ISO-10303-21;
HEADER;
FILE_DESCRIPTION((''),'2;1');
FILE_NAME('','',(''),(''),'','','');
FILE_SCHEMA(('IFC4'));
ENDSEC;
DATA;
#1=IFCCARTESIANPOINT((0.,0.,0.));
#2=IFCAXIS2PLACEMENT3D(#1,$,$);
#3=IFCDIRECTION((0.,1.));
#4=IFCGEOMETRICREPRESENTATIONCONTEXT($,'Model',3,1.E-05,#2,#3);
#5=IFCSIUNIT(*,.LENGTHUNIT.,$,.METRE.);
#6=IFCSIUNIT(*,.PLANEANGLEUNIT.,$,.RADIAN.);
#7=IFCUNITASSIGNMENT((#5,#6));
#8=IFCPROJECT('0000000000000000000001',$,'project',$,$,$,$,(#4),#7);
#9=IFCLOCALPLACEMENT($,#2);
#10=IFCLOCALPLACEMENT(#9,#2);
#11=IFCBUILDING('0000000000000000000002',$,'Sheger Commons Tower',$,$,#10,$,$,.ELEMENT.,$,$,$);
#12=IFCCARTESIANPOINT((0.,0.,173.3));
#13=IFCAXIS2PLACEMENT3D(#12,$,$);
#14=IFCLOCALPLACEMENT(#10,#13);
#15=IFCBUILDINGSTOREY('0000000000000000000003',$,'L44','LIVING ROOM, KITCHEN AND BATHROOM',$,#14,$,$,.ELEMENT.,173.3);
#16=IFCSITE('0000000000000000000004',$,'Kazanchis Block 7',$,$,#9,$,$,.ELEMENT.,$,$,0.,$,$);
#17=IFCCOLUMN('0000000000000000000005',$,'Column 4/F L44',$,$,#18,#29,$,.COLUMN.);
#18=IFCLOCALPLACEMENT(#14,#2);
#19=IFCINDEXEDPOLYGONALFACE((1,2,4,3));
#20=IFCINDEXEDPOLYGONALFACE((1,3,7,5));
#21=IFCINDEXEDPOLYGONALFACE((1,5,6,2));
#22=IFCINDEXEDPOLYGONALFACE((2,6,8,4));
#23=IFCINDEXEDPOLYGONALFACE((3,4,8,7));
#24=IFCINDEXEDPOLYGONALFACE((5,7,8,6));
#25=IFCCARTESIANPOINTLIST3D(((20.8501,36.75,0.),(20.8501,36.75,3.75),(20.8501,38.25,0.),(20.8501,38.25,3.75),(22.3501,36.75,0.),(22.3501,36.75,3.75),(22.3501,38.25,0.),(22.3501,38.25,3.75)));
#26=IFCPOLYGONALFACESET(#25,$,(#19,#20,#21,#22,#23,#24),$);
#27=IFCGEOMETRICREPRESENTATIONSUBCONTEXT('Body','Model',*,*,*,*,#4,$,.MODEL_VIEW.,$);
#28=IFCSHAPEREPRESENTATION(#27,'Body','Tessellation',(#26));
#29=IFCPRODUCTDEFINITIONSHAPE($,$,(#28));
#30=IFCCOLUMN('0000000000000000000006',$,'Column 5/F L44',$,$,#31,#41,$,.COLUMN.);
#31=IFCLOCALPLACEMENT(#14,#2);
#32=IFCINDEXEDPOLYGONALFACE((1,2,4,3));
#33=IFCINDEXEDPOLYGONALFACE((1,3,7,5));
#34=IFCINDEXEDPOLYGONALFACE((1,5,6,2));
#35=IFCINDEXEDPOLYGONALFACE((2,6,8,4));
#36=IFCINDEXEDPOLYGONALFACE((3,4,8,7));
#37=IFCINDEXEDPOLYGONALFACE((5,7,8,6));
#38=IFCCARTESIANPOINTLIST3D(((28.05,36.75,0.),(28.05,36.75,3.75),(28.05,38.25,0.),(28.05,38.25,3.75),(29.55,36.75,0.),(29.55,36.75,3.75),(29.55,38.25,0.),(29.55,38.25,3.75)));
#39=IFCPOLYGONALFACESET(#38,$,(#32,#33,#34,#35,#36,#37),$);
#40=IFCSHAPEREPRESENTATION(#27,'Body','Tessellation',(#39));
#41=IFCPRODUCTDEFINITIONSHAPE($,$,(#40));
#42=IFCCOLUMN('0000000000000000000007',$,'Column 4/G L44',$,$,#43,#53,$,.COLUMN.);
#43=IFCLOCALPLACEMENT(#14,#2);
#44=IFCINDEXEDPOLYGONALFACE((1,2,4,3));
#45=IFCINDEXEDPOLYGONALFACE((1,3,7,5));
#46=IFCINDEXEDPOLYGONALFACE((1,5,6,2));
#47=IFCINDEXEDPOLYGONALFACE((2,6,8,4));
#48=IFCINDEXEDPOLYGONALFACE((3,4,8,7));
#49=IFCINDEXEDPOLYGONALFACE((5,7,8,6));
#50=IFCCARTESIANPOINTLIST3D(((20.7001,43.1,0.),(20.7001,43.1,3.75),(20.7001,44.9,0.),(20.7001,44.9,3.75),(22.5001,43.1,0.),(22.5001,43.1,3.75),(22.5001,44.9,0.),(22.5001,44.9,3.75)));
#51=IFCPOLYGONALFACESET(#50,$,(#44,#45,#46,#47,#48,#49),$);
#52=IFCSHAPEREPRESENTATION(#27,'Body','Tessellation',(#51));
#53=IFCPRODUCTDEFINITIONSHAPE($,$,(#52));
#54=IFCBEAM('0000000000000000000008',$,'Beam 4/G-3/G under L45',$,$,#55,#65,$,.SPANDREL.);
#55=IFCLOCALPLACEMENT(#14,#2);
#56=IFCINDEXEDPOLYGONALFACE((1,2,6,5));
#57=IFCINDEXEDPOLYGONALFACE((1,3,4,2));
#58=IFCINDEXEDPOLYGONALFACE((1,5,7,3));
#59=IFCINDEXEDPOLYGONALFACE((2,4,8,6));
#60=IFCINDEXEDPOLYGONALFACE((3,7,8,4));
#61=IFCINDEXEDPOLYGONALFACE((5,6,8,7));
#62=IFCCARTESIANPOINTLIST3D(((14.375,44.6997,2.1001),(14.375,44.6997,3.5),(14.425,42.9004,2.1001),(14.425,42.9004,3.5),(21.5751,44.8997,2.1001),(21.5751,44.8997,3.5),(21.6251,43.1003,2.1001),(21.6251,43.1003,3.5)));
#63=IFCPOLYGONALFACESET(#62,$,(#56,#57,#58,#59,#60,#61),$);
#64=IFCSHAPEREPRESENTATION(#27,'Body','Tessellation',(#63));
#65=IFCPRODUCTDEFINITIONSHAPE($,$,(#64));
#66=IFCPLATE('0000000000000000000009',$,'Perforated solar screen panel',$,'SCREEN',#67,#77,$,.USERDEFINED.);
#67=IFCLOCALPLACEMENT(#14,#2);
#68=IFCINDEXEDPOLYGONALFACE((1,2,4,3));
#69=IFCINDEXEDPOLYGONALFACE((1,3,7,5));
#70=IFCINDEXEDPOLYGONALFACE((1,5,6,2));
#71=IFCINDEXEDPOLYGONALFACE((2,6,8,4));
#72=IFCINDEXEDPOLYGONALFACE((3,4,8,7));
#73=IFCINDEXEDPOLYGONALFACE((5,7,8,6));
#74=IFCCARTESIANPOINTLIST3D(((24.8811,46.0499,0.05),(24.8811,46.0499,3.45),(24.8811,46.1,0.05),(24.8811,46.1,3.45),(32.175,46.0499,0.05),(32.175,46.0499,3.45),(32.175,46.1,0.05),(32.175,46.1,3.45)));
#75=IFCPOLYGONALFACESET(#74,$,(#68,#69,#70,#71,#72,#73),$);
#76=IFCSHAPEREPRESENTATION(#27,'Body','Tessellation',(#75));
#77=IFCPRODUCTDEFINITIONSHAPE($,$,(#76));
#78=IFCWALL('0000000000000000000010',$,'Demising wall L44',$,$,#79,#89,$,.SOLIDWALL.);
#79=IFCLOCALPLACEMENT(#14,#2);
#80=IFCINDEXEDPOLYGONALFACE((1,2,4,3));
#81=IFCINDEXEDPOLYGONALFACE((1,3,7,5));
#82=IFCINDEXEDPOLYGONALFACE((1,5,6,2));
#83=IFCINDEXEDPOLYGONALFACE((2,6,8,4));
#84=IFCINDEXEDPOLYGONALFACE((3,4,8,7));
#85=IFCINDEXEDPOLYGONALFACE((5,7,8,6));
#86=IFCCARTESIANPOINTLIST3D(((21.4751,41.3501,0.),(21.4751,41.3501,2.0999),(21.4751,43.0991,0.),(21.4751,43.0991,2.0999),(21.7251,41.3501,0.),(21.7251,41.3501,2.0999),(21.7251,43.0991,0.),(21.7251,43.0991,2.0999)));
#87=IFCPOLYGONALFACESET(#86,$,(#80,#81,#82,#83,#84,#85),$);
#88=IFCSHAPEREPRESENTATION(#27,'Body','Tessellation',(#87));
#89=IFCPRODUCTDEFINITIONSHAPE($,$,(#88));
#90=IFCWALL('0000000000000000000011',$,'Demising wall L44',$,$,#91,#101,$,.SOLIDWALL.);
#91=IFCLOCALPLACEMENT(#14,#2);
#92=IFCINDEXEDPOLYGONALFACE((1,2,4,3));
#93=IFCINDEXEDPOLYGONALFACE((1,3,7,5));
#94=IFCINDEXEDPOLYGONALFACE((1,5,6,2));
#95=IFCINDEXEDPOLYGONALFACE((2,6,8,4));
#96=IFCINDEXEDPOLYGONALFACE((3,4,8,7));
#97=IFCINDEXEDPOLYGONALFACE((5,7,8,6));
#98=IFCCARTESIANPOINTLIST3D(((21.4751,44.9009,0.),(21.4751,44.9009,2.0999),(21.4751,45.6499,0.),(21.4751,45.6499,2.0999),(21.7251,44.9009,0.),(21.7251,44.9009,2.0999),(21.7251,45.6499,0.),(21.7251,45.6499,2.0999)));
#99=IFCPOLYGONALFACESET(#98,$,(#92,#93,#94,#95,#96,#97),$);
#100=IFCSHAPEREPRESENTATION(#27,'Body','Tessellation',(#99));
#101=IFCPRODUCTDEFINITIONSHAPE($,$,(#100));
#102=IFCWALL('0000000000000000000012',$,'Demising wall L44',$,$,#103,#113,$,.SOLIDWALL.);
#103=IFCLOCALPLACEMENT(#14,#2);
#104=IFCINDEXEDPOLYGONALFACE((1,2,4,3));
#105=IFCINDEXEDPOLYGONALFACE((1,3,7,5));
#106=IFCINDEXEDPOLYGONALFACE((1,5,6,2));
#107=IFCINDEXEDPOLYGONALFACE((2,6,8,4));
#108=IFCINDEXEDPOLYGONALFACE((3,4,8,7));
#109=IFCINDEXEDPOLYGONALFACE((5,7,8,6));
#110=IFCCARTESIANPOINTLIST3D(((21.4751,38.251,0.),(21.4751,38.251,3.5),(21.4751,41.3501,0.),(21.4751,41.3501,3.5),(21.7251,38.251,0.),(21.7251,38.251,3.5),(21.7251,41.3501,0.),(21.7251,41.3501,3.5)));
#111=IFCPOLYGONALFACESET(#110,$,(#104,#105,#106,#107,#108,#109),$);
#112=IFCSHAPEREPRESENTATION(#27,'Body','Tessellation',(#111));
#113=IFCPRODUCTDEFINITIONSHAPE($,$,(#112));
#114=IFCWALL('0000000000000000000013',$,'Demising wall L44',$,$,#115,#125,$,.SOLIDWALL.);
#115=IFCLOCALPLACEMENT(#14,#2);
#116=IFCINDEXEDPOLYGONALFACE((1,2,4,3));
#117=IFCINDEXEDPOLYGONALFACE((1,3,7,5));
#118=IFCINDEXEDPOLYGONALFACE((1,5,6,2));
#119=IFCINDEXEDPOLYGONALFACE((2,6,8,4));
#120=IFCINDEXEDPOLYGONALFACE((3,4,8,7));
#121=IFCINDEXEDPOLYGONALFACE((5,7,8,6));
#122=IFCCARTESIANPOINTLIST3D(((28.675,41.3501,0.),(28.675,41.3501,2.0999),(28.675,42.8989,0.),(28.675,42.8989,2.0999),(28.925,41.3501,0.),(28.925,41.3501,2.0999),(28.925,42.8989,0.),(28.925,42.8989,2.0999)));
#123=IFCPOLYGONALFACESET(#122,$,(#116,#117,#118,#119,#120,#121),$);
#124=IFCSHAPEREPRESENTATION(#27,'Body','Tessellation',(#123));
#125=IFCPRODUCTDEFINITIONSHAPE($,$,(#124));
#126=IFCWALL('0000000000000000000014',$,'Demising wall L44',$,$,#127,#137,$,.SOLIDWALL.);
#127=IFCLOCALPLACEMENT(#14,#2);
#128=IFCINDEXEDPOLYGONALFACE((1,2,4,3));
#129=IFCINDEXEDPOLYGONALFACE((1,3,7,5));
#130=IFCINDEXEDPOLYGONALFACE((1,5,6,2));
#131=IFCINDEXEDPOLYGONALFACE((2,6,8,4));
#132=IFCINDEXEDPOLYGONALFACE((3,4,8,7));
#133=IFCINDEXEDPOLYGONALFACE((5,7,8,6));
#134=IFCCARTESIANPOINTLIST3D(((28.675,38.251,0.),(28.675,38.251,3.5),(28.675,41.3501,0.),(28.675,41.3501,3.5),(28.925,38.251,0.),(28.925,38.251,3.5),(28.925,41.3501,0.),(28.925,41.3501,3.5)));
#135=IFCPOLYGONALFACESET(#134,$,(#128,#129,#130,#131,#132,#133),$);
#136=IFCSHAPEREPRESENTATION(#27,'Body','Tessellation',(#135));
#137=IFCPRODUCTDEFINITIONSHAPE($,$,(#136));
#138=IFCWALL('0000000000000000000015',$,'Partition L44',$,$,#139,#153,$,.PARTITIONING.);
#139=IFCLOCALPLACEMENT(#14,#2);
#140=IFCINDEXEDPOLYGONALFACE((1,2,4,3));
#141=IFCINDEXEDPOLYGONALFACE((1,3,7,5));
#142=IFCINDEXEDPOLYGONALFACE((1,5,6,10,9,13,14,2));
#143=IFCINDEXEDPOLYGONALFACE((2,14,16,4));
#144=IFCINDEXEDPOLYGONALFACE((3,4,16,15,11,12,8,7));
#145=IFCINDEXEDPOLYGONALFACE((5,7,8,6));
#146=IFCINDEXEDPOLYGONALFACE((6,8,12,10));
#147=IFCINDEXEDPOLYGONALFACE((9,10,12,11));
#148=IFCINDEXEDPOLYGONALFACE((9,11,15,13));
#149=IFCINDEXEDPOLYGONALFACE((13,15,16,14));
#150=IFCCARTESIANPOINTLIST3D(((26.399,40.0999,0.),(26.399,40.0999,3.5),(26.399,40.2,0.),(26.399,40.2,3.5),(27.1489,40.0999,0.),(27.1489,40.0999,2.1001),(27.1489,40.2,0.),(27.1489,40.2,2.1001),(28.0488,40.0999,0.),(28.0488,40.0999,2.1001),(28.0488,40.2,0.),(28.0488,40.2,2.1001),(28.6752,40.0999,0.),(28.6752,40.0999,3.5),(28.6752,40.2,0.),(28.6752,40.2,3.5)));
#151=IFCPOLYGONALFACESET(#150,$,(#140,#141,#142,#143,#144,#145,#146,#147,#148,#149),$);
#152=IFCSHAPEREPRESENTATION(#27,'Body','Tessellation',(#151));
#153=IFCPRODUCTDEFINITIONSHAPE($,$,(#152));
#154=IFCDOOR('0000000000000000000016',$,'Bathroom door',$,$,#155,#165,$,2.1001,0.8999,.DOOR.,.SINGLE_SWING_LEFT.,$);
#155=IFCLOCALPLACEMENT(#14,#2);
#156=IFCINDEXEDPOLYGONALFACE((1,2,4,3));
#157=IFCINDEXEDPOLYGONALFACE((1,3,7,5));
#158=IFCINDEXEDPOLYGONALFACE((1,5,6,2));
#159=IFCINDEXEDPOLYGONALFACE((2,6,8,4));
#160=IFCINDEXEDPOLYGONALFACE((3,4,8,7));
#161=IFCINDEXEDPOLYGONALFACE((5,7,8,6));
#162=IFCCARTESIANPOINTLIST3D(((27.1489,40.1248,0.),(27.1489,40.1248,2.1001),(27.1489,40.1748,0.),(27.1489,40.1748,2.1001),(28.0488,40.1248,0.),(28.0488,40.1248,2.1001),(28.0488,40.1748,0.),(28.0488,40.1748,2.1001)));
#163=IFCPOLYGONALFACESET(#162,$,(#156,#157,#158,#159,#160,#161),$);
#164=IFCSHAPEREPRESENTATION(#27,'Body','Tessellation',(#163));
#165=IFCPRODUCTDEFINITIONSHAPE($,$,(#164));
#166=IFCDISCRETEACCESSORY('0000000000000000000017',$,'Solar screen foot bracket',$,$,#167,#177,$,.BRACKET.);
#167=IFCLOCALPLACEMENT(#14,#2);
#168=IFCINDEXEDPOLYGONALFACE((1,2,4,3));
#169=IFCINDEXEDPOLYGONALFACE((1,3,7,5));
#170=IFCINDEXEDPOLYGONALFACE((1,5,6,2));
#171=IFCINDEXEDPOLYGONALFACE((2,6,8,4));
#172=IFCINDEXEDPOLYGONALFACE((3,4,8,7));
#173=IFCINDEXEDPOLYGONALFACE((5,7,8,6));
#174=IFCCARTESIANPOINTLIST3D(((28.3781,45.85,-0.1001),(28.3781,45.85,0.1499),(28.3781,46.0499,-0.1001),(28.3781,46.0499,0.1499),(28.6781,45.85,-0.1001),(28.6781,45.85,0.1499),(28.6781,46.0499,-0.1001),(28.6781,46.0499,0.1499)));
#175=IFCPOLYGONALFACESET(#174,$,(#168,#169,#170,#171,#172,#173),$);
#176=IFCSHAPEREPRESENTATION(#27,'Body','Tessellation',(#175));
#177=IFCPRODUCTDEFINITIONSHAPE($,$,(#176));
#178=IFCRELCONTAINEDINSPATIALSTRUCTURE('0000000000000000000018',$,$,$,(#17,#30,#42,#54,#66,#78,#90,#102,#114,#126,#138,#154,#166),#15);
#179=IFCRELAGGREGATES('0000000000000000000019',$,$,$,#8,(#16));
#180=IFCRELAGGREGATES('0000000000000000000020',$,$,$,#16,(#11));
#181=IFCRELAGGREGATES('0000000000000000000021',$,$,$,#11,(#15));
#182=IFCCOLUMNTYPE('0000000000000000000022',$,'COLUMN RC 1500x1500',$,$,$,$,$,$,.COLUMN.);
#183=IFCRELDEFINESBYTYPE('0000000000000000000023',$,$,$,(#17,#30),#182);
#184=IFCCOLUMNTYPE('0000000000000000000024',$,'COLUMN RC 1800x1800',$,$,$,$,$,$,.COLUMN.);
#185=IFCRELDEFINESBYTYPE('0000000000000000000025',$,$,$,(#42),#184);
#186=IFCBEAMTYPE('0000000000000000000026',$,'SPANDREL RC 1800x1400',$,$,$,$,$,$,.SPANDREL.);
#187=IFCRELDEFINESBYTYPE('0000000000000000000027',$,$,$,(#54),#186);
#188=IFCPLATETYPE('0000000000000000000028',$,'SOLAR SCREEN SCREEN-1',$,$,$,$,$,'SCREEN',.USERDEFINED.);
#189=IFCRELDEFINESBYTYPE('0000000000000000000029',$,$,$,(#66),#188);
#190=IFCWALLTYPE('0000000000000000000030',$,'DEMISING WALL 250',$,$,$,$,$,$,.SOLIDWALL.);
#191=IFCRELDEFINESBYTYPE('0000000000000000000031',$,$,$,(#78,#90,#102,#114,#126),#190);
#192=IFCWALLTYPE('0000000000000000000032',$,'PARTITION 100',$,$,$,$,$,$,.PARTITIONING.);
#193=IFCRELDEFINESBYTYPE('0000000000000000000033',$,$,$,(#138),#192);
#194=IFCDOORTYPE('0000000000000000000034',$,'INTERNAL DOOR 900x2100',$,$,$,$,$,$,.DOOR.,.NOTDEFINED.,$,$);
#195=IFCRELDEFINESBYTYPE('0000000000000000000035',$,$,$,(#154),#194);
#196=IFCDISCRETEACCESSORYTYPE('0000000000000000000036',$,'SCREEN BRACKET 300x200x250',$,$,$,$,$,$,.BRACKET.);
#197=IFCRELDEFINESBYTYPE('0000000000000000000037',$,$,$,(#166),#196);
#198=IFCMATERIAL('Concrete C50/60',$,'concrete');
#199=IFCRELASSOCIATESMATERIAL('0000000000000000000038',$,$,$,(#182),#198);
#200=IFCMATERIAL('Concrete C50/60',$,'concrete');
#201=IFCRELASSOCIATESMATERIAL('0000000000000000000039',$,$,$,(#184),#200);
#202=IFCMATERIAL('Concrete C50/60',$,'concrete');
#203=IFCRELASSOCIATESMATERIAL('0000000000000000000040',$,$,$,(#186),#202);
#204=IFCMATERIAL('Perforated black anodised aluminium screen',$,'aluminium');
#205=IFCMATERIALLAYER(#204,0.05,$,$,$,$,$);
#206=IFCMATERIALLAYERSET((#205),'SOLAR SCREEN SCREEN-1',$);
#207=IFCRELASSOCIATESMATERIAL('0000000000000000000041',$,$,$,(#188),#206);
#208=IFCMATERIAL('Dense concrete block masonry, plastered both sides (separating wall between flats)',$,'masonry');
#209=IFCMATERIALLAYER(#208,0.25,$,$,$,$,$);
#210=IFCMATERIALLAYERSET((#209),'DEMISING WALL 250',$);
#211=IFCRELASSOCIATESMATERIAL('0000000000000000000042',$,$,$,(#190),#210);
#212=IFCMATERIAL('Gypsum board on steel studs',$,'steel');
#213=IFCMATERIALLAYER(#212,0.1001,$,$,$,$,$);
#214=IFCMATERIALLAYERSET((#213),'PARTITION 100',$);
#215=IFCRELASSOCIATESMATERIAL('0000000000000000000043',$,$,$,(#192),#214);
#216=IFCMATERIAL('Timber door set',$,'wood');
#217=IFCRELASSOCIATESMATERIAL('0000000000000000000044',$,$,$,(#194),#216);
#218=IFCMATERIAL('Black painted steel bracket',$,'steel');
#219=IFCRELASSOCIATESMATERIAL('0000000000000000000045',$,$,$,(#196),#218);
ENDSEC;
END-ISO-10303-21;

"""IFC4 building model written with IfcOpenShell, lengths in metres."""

from ifc_helpers import new_model, si_unit, direction, frame, frame_2d, origin, origin_2d, place, context, subcontext, project, spatial, rectangle, extrude, material, layer, layer_set, material_profile, profile_set, type_object, element, fill, save


model = new_model("IFC4")

# Units and contexts
model_context = context("Model", 3, precision=1e-05, world=origin(), true_north=direction((0.0, 1.0)))
body_context = subcontext(model_context, "Body", "Model", "MODEL_VIEW")
ifc_project = project(units=[si_unit("LENGTHUNIT", "METRE"), si_unit("PLANEANGLEUNIT", "RADIAN")], contexts=[model_context])

# Site, building, storey
site_placement = place(None, origin())
site = spatial("IfcSite", under=ifc_project, at=site_placement, Name="Kazanchis Block 7", CompositionType="ELEMENT", RefElevation=0.0)
building_placement = place(site_placement, origin())
building = spatial("IfcBuilding", under=site, at=building_placement, Name="Sheger Commons Tower", CompositionType="ELEMENT")
storey_placement = place(building_placement, frame((0.0, 0.0, 173.3)))
storey = spatial("IfcBuildingStorey", under=building, at=storey_placement, Name="L44", Description="LIVING ROOM, KITCHEN AND BATHROOM", CompositionType="ELEMENT", Elevation=173.3)

# Columns
ifc_material_1 = material(Name="Concrete C50/60", Category="concrete")
ifc_material_profile_1 = material_profile(ifc_material_1, rectangle(XDim=1.5, YDim=1.5, at=origin_2d()), Name="RC 1500x1500")
ifc_profile_set_1 = profile_set([ifc_material_profile_1], Name="Concrete C50/60")
column_type_1 = type_object("IfcColumnType", Name="COLUMN RC 1500x1500", PredefinedType="COLUMN", material=ifc_profile_set_1)
for number, where, z_axis, x_axis, name in (
    (1, (21.6001, 37.5, 0.0), (0.0, 0.0, 1.0), (1.0, 0.0, 0.0), "Column 4/F L44"),
    (2, (28.8, 37.5, 0.0), (0.0, 0.0, 1.0), (1.0, 0.0, 0.0), "Column 5/F L44"),
):
    element("IfcColumn", number, at=place(storey_placement, frame(where, z_axis=z_axis, x_axis=x_axis)), inside=storey, type_object=column_type_1, Name=name, PredefinedType="COLUMN", context=body_context, shape_type="SweptSolid", body=[
        extrude(rectangle(XDim=1.5, YDim=1.5, at=origin_2d()), origin(), (0.0, 0.0, 1.0), 3.75),
    ])
ifc_material_2 = material(Name="Concrete C50/60", Category="concrete")
ifc_material_profile_2 = material_profile(ifc_material_2, rectangle(XDim=1.8, YDim=1.8, at=origin_2d()), Name="RC 1800x1800")
ifc_profile_set_2 = profile_set([ifc_material_profile_2], Name="Concrete C50/60")
column_type_2 = type_object("IfcColumnType", Name="COLUMN RC 1800x1800", PredefinedType="COLUMN", material=ifc_profile_set_2)
column_placement = place(storey_placement, frame((21.6001, 44.0, 0.0), z_axis=(0.0, 0.0, 1.0), x_axis=(1.0, 0.0, 0.0)))
element("IfcColumn", 3, at=column_placement, inside=storey, type_object=column_type_2, Name="Column 4/G L44", PredefinedType="COLUMN", context=body_context, shape_type="SweptSolid", body=[
    extrude(rectangle(XDim=1.8, YDim=1.8, at=origin_2d()), origin(), (0.0, 0.0, 1.0), 3.75),
])

# Beam
ifc_material_3 = material(Name="Concrete C50/60", Category="concrete")
ifc_material_profile_3 = material_profile(ifc_material_3, rectangle(XDim=1.8, YDim=1.3999, at=origin_2d()), Name="RC 1800x1400")
ifc_profile_set_3 = profile_set([ifc_material_profile_3], Name="Concrete C50/60")
beam_type = type_object("IfcBeamType", Name="SPANDREL RC 1800x1400", PredefinedType="SPANDREL", material=ifc_profile_set_3)
beam_placement = place(storey_placement, frame((21.6001, 44.0, 2.8), z_axis=(-0.999615, -0.02776, 0.0), x_axis=(0.02776, -0.999615, 0.0)))
element("IfcBeam", 4, at=beam_placement, inside=storey, type_object=beam_type, Name="Beam 4/G-3/G under L45", PredefinedType="SPANDREL", context=body_context, shape_type="SweptSolid", body=[
    extrude(rectangle(XDim=1.8, YDim=1.3999, at=origin_2d()), origin(), (0.0, 0.0, 1.0), 7.2029),
])

# Plate
ifc_material_4 = material(Name="Perforated black anodised aluminium screen", Category="aluminium")
ifc_layer_1 = layer(ifc_material_4, 0.05)
ifc_layer_set_1 = layer_set([ifc_layer_1], Name="SOLAR SCREEN SCREEN-1")
plate_type = type_object("IfcPlateType", Name="SOLAR SCREEN SCREEN-1", ElementType="SCREEN", PredefinedType="USERDEFINED", material=ifc_layer_set_1)
plate_placement = place(storey_placement, frame((28.5281, 46.075, 0.05), z_axis=(0.0, 0.0, 1.0), x_axis=(-1.0, 0.0, 0.0)))
element("IfcPlate", 5, at=plate_placement, inside=storey, type_object=plate_type, Name="Perforated solar screen panel", ObjectType="SCREEN", PredefinedType="USERDEFINED", context=body_context, shape_type="SweptSolid", body=[
    extrude(rectangle(XDim=7.2939, YDim=0.05, at=origin_2d()), origin(), (0.0, 0.0, 1.0), 3.3999),
])

# Walls
ifc_material_5 = material(Name="Dense concrete block masonry, plastered both sides (separating wall between flats)", Category="masonry")
ifc_layer_2 = layer(ifc_material_5, 0.25)
ifc_layer_set_2 = layer_set([ifc_layer_2], Name="DEMISING WALL 250")
wall_type_1 = type_object("IfcWallType", Name="DEMISING WALL 250", PredefinedType="SOLIDWALL", material=ifc_layer_set_2)
wall_1_placement = place(storey_placement, frame((21.6001, 41.3501, 0.0), z_axis=(0.0, 0.0, 1.0), x_axis=(0.0, 1.0, 0.0)))
element("IfcWall", 6, at=wall_1_placement, inside=storey, type_object=wall_type_1, Name="Demising wall L44", PredefinedType="SOLIDWALL", context=body_context, shape_type="SweptSolid", body=[
    extrude(rectangle(XDim=1.749, YDim=0.25, at=frame_2d((0.8745, 0.0))), origin(), (0.0, 0.0, 1.0), 2.0999),
])
wall_2_placement = place(storey_placement, frame((21.6001, 44.9009, 0.0), z_axis=(0.0, 0.0, 1.0), x_axis=(0.0, 1.0, 0.0)))
element("IfcWall", 7, at=wall_2_placement, inside=storey, type_object=wall_type_1, Name="Demising wall L44", PredefinedType="SOLIDWALL", context=body_context, shape_type="SweptSolid", body=[
    extrude(rectangle(XDim=0.749, YDim=0.25, at=frame_2d((0.3745, 0.0))), origin(), (0.0, 0.0, 1.0), 2.0999),
])
wall_3_placement = place(storey_placement, frame((21.6001, 38.251, 0.0), z_axis=(0.0, 0.0, 1.0), x_axis=(0.0, 1.0, 0.0)))
element("IfcWall", 8, at=wall_3_placement, inside=storey, type_object=wall_type_1, Name="Demising wall L44", PredefinedType="SOLIDWALL", context=body_context, shape_type="SweptSolid", body=[
    extrude(rectangle(XDim=3.0991, YDim=0.25, at=frame_2d((1.5496, 0.0))), origin(), (0.0, 0.0, 1.0), 3.5),
])
wall_4_placement = place(storey_placement, frame((28.8, 41.3501, 0.0), z_axis=(0.0, 0.0, 1.0), x_axis=(0.0, 1.0, 0.0)))
element("IfcWall", 9, at=wall_4_placement, inside=storey, type_object=wall_type_1, Name="Demising wall L44", PredefinedType="SOLIDWALL", context=body_context, shape_type="SweptSolid", body=[
    extrude(rectangle(XDim=1.5488, YDim=0.25, at=frame_2d((0.7744, 0.0))), origin(), (0.0, 0.0, 1.0), 2.0999),
])
wall_5_placement = place(storey_placement, frame((28.8, 38.251, 0.0), z_axis=(0.0, 0.0, 1.0), x_axis=(0.0, 1.0, 0.0)))
element("IfcWall", 10, at=wall_5_placement, inside=storey, type_object=wall_type_1, Name="Demising wall L44", PredefinedType="SOLIDWALL", context=body_context, shape_type="SweptSolid", body=[
    extrude(rectangle(XDim=3.0991, YDim=0.25, at=frame_2d((1.5496, 0.0))), origin(), (0.0, 0.0, 1.0), 3.5),
])

# Wall, opening, door
ifc_material_6 = material(Name="Gypsum board on steel studs", Category="steel")
ifc_layer_3 = layer(ifc_material_6, 0.1001)
ifc_layer_set_3 = layer_set([ifc_layer_3], Name="PARTITION 100")
wall_type_2 = type_object("IfcWallType", Name="PARTITION 100", PredefinedType="PARTITIONING", material=ifc_layer_set_3)
wall_6_placement = place(storey_placement, frame((26.3989, 40.1499, 0.0), z_axis=(0.0, 0.0, 1.0), x_axis=(1.0, 0.0, 0.0)))
wall_6 = element("IfcWall", 11, at=wall_6_placement, inside=storey, type_object=wall_type_2, Name="Partition L44", PredefinedType="PARTITIONING", context=body_context, shape_type="SweptSolid", body=[
    extrude(rectangle(XDim=2.2761, YDim=0.1001, at=frame_2d((1.1382, 0.0))), origin(), (0.0, 0.0, 1.0), 3.5),
])
opening_placement = place(wall_6_placement, frame((0.75, 0.0, 0.0)))
opening = element("IfcOpeningElement", 12, at=opening_placement, cuts=wall_6, PredefinedType="OPENING", context=body_context, shape_type="SweptSolid", body=[
    extrude(rectangle(XDim=0.8999, YDim=2.1001, at=frame_2d((0.45, 1.05))), frame((0.0, 0.0601, 0.0), z_axis=(0.0, -1.0, 0.0), x_axis=(1.0, 0.0, 0.0)), (0.0, 0.0, 1.0), 0.1201),
])
ifc_material_7 = material(Name="Timber door set", Category="wood")
door_type = type_object("IfcDoorType", Name="INTERNAL DOOR 900x2100", OperationType="NOTDEFINED", PredefinedType="DOOR", material=ifc_material_7)
door_placement = place(opening_placement, origin())
door = element("IfcDoor", 13, at=door_placement, inside=storey, type_object=door_type, Name="Bathroom door", OperationType="SINGLE_SWING_LEFT", OverallHeight=2.1001, OverallWidth=0.8999, PredefinedType="DOOR", context=body_context, shape_type="SweptSolid", body=[
    extrude(rectangle(XDim=0.8999, YDim=2.1001, at=frame_2d((0.45, 1.05))), frame((0.0, 0.0249, 0.0), z_axis=(0.0, -1.0, 0.0), x_axis=(1.0, 0.0, 0.0)), (0.0, 0.0, 1.0), 0.05),
])
fill(opening, door)

# Discrete accessory
ifc_material_8 = material(Name="Black painted steel bracket", Category="steel")
discrete_accessory_type = type_object("IfcDiscreteAccessoryType", Name="SCREEN BRACKET 300x200x250", PredefinedType="BRACKET", material=ifc_material_8)
for number, where, z_axis, x_axis, name in (
    (14, (28.5281, 45.95, -0.1001), (0.0, 0.0, 1.0), (-1.0, 0.0, 0.0), "Solar screen foot bracket"),
):
    element("IfcDiscreteAccessory", number, at=place(storey_placement, frame(where, z_axis=z_axis, x_axis=x_axis)), inside=storey, type_object=discrete_accessory_type, Name=name, PredefinedType="BRACKET", context=body_context, shape_type="SweptSolid", body=[
        extrude(rectangle(XDim=0.3, YDim=0.2, at=origin_2d()), origin(), (0.0, 0.0, 1.0), 0.25),
    ])

save(model, "model.ifc")
